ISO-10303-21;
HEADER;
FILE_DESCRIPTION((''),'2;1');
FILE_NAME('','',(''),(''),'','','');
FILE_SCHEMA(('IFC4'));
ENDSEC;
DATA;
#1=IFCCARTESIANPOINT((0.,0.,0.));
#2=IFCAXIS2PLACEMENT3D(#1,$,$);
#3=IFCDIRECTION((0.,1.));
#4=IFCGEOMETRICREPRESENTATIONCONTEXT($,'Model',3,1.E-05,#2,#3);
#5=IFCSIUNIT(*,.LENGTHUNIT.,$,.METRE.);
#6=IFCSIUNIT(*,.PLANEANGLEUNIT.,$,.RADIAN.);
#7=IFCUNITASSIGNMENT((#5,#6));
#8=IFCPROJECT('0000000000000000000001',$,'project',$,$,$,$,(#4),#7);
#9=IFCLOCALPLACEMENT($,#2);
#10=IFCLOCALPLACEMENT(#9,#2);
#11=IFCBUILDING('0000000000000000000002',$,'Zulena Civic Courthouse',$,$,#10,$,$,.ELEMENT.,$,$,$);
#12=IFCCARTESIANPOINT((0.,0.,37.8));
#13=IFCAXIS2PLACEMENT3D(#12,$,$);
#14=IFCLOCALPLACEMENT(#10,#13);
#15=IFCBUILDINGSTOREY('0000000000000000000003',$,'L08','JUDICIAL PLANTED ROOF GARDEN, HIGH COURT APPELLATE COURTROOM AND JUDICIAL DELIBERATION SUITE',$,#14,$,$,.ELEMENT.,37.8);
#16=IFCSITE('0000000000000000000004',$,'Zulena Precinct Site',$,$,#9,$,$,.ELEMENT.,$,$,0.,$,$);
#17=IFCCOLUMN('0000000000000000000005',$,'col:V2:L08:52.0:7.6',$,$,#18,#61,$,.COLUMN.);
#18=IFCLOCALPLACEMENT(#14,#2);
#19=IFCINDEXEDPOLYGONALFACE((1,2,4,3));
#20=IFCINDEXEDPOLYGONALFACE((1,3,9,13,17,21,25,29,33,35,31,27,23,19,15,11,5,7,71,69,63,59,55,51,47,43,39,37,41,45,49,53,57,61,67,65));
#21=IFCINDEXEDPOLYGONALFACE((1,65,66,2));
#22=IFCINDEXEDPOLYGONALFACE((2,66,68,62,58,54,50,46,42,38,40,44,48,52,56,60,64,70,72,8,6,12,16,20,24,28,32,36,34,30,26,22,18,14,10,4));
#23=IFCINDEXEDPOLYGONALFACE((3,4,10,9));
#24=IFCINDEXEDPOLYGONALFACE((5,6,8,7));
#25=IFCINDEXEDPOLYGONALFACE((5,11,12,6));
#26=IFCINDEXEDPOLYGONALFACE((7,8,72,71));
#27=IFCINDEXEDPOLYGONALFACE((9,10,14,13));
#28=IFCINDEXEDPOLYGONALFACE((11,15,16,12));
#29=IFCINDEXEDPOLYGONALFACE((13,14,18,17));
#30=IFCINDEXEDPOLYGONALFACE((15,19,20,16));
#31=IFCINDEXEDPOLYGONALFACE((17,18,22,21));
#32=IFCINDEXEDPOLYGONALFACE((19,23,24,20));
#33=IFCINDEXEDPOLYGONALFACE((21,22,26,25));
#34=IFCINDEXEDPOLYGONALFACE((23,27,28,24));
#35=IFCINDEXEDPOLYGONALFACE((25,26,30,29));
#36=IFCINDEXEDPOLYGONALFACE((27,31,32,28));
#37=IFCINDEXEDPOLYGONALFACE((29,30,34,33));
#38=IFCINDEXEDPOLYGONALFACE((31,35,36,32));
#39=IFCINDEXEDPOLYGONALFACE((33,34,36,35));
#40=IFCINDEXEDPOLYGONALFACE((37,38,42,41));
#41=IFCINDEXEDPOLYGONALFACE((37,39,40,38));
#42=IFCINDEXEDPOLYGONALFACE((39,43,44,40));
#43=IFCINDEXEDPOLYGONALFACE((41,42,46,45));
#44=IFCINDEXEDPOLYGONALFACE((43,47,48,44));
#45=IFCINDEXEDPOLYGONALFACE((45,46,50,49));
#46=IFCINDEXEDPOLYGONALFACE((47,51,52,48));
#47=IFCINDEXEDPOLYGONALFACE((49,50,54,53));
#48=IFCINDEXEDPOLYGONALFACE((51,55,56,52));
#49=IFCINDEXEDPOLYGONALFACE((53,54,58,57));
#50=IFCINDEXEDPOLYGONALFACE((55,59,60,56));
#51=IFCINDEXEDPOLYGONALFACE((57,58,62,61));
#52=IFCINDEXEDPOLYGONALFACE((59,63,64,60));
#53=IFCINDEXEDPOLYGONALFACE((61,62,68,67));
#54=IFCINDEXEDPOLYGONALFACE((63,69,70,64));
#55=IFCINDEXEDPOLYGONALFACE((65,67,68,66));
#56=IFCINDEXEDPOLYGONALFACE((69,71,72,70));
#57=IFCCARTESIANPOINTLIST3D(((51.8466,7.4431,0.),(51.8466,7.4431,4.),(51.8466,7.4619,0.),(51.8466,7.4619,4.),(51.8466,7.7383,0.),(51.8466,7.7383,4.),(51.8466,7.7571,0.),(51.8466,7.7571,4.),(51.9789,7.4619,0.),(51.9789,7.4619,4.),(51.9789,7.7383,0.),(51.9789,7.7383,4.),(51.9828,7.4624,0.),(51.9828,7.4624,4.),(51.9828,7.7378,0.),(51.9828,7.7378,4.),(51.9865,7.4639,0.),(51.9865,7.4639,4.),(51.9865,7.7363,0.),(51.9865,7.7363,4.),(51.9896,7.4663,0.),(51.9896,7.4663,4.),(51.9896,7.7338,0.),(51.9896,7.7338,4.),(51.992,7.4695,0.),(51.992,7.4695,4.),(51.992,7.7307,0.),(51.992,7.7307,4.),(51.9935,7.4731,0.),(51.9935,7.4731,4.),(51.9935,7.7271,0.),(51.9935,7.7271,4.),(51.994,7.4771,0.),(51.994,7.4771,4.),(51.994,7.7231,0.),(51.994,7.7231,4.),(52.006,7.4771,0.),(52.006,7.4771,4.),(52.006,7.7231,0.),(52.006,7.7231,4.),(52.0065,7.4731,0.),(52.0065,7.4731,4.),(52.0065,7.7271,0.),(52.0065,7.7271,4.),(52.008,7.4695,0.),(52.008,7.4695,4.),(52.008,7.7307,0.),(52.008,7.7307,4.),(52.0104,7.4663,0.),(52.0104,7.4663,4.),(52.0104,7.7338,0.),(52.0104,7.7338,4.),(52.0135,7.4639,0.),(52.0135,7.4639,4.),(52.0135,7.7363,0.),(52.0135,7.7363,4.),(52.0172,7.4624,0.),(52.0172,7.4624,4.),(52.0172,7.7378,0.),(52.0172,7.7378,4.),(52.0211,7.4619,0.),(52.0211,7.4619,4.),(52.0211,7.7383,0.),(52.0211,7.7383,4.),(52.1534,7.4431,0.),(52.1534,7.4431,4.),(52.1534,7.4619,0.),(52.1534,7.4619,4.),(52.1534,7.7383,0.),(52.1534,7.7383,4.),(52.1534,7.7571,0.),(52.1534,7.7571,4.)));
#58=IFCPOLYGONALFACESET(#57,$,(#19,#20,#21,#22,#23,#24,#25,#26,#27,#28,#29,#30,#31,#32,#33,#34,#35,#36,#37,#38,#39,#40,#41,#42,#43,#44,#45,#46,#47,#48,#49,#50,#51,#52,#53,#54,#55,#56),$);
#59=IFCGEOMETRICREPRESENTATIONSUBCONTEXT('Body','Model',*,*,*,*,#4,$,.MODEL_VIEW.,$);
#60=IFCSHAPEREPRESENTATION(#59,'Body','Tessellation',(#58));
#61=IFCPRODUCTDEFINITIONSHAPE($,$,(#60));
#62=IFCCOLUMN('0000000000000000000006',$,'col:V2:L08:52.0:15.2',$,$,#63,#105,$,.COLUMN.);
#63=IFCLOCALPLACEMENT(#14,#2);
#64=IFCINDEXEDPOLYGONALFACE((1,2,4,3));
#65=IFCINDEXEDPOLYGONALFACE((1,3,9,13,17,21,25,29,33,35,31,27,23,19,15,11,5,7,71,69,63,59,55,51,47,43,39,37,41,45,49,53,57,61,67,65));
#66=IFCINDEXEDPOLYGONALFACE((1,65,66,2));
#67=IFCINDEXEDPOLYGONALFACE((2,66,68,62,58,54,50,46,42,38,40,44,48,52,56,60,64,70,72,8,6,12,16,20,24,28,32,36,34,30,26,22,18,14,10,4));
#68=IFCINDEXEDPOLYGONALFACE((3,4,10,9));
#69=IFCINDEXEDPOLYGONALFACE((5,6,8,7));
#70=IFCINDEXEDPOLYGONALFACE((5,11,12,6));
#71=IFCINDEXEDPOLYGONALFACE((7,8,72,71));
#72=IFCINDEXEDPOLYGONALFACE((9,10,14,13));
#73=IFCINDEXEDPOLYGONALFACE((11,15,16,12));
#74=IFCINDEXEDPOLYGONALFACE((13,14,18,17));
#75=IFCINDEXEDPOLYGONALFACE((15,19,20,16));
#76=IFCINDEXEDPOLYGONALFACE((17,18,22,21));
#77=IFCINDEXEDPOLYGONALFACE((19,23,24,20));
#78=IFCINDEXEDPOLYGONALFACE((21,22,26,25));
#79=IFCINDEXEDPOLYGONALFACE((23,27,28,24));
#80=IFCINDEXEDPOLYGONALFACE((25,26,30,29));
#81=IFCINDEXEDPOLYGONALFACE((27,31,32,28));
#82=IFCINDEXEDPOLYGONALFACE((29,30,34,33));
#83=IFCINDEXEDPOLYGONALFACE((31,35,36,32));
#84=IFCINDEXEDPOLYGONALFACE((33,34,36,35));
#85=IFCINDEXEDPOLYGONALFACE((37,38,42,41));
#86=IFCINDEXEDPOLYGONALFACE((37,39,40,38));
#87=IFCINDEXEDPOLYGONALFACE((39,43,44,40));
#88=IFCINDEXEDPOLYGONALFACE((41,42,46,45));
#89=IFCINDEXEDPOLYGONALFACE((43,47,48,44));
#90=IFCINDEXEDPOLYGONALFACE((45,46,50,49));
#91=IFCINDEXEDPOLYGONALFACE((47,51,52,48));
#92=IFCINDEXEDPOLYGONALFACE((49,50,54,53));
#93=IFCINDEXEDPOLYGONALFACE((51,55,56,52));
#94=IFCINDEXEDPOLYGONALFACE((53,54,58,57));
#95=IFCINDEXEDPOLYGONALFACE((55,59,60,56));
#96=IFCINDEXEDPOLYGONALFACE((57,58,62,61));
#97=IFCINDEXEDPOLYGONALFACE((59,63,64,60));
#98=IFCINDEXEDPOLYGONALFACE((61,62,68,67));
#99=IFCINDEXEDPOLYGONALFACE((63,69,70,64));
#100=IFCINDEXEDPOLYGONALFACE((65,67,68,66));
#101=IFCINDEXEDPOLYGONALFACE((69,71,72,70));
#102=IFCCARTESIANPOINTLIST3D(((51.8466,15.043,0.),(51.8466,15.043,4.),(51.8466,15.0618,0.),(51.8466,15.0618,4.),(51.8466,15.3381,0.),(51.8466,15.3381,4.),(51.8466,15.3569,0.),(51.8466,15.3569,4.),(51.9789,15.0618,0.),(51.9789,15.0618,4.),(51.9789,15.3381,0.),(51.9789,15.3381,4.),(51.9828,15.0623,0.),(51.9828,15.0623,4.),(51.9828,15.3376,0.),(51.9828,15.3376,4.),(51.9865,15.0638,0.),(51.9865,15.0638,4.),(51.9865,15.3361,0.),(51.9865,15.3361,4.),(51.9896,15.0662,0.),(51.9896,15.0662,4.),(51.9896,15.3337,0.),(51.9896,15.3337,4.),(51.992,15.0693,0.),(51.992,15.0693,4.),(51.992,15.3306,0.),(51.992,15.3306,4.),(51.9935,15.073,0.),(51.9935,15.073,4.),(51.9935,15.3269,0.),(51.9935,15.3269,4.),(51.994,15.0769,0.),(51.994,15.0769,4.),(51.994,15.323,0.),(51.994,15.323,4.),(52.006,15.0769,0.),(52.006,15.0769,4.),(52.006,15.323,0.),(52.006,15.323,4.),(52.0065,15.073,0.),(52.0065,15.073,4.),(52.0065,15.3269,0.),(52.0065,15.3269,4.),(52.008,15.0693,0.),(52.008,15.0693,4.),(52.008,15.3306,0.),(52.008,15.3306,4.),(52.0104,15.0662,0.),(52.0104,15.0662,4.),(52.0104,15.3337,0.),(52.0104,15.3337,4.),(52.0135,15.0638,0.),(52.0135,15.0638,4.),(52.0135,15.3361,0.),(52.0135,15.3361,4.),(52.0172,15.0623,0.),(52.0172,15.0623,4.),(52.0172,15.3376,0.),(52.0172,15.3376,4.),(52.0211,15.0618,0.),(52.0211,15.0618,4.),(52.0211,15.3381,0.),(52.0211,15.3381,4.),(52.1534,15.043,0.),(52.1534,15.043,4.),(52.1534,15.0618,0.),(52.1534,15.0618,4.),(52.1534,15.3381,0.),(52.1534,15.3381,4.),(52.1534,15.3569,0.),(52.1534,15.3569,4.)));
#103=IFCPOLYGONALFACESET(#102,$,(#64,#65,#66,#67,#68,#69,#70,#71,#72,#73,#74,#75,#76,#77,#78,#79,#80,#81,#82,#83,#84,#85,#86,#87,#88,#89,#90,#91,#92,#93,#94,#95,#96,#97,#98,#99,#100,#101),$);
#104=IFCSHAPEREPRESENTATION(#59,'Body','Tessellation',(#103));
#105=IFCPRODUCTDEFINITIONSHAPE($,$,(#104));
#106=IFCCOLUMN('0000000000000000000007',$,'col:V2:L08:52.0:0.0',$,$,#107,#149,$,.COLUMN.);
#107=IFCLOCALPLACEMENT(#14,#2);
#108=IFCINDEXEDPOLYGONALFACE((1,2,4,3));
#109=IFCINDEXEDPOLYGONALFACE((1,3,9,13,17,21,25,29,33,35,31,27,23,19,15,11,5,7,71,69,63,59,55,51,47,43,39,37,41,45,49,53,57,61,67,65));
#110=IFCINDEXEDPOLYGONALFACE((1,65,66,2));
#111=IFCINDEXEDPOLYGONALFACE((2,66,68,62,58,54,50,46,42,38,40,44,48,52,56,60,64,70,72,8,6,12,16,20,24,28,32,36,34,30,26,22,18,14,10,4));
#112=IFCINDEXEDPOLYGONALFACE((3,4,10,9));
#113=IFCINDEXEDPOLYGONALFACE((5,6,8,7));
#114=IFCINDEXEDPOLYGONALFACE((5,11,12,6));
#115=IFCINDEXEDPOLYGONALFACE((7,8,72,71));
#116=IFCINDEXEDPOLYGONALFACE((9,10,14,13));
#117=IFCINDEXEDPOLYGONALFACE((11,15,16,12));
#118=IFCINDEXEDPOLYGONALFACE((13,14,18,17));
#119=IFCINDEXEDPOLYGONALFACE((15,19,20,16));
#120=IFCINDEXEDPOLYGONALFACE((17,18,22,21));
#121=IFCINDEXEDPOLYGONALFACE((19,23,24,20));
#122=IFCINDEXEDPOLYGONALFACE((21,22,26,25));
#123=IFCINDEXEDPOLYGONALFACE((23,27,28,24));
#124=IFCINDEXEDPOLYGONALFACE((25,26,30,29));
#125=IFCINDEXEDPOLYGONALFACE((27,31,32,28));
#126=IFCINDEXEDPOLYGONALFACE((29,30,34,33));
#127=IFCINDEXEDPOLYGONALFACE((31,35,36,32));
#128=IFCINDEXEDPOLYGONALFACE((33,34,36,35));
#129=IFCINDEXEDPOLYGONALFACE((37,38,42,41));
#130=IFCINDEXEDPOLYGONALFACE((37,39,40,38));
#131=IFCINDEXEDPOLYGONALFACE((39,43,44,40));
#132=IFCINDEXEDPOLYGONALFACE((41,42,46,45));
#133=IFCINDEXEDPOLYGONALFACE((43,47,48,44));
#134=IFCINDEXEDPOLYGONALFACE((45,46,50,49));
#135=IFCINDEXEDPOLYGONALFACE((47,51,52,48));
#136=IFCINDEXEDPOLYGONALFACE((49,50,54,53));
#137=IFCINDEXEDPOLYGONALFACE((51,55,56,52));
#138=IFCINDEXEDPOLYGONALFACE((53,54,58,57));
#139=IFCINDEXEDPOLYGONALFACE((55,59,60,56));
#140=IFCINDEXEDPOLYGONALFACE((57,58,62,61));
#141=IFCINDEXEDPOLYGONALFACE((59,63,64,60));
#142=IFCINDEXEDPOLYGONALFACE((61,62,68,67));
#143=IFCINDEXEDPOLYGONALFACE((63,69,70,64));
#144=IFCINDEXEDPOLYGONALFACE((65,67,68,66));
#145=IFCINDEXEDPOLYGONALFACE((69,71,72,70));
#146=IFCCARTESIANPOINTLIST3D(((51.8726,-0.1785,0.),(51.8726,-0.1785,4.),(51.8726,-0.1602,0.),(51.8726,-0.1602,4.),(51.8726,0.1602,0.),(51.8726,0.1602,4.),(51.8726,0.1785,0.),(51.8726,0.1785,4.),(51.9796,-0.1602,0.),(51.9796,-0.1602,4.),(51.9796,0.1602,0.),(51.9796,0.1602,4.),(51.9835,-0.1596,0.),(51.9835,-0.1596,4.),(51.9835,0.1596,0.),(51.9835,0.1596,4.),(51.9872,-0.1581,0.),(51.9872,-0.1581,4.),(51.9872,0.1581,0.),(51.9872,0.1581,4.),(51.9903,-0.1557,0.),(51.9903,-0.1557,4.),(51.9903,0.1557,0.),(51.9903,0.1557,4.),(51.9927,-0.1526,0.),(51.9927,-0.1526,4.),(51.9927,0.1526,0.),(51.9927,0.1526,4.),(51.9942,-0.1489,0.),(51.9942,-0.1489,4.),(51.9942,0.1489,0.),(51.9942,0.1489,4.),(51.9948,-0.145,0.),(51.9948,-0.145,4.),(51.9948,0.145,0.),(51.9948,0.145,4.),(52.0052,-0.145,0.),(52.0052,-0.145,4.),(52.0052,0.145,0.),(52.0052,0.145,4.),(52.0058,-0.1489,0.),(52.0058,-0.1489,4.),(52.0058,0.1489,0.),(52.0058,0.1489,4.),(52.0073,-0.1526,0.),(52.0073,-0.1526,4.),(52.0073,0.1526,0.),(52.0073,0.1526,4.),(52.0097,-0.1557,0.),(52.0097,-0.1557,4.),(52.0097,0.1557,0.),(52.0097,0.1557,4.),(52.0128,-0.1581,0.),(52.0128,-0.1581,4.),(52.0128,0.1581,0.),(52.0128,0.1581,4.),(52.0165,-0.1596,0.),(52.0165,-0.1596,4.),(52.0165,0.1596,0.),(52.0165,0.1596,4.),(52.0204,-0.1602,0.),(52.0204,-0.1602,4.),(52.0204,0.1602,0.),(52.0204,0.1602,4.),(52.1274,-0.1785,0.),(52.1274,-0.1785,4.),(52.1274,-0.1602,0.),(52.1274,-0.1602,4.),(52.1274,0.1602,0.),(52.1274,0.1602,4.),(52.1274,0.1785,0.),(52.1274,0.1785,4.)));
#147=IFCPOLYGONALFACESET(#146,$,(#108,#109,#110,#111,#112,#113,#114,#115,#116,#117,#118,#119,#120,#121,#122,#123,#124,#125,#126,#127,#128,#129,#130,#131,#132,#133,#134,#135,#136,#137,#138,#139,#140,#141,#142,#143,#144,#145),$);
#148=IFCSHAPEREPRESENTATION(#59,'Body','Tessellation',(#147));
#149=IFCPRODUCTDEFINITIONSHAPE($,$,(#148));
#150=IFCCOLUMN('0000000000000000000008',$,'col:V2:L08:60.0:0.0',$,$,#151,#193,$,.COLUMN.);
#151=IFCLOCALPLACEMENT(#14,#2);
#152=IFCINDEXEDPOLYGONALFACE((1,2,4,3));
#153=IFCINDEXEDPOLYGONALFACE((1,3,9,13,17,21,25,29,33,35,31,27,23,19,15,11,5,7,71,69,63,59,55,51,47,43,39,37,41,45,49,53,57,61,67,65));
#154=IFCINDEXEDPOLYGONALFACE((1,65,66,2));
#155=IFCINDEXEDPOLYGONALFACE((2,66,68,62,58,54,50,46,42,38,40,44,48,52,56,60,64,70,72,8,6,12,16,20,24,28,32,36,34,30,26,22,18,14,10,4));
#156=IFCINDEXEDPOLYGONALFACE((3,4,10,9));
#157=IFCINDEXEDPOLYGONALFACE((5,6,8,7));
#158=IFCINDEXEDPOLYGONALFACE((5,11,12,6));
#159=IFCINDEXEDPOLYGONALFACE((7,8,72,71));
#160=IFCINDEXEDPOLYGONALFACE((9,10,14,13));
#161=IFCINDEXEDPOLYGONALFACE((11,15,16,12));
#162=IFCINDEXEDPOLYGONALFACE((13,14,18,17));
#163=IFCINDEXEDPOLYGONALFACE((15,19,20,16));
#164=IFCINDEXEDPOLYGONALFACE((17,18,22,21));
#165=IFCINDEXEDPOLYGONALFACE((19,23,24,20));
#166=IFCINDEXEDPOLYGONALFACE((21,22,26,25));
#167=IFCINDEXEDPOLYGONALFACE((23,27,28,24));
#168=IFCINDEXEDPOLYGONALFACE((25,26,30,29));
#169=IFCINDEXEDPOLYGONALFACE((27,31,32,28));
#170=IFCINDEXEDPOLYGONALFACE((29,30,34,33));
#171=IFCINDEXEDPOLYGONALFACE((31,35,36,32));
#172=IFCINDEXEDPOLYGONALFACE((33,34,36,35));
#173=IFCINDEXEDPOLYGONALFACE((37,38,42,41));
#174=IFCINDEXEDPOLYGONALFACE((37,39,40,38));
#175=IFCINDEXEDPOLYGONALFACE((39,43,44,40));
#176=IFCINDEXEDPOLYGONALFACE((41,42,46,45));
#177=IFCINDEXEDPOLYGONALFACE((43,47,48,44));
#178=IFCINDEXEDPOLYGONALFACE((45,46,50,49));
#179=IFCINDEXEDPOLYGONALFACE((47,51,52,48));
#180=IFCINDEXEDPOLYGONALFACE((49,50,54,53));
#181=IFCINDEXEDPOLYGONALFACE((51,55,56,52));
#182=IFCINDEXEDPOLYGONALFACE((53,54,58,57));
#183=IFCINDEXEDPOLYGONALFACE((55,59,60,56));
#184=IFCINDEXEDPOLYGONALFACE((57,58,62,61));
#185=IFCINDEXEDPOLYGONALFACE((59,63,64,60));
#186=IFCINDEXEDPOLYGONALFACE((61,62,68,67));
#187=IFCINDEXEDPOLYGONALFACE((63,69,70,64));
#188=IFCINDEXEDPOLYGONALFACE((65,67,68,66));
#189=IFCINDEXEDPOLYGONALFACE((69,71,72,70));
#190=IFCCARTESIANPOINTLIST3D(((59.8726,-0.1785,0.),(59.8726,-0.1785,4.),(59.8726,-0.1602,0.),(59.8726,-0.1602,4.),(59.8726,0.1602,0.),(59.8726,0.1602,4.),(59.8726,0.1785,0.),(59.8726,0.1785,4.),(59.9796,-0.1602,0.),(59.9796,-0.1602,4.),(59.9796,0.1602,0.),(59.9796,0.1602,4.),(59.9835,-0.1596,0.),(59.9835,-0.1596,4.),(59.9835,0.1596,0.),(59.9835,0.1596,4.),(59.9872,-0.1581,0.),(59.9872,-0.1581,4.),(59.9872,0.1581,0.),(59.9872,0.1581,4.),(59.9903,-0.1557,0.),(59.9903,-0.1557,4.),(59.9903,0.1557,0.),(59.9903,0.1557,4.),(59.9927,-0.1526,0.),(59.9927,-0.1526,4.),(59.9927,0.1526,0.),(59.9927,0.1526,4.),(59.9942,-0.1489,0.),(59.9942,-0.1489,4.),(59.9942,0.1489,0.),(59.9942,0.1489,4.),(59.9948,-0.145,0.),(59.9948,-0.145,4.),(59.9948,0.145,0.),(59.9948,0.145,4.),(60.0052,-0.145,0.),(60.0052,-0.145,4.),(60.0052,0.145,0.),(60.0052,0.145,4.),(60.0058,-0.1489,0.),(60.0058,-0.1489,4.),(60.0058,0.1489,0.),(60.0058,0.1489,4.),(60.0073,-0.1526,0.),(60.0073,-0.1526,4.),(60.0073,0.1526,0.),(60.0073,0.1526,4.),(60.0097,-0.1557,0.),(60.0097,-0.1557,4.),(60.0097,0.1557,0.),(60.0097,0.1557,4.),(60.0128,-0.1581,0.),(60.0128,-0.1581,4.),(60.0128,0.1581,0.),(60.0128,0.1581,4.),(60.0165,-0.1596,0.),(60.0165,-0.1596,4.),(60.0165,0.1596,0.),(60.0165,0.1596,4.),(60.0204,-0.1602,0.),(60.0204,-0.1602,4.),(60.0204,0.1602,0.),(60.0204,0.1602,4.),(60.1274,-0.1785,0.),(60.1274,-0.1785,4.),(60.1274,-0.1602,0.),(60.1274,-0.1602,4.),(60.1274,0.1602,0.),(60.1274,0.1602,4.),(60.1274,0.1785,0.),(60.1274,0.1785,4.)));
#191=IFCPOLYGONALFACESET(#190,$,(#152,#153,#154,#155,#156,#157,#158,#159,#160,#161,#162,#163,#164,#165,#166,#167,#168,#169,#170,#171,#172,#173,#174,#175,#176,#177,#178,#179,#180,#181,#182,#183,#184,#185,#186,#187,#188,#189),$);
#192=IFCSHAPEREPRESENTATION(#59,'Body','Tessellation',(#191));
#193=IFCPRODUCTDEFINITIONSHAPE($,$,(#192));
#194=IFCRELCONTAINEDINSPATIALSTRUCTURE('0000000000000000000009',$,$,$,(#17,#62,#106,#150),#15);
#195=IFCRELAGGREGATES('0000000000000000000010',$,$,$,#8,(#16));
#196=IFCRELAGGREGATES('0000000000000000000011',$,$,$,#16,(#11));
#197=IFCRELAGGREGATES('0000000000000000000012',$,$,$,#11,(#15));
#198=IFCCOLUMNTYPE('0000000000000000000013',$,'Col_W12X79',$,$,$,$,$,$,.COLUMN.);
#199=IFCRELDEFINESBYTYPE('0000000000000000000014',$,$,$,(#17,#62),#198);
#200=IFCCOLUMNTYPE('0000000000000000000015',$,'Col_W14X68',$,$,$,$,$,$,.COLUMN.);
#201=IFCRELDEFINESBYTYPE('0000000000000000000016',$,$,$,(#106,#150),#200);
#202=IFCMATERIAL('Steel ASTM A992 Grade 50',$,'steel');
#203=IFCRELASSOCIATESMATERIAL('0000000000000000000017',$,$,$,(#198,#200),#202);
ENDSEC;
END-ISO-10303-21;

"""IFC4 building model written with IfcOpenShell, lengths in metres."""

from ifc_helpers import new_model, si_unit, direction, frame, origin, origin_2d, place, context, subcontext, project, spatial, i_section, extrude, material, material_profile, profile_set, type_object, element, save


model = new_model("IFC4")

# Units and contexts
model_context = context("Model", 3, precision=1e-05, world=origin(), true_north=direction((0.0, 1.0)))
body_context = subcontext(model_context, "Body", "Model", "MODEL_VIEW")
ifc_project = project(units=[si_unit("LENGTHUNIT", "METRE"), si_unit("PLANEANGLEUNIT", "RADIAN")], contexts=[model_context])

# Site, building, storey
site_placement = place(None, origin())
site = spatial("IfcSite", under=ifc_project, at=site_placement, Name="Zulena Precinct Site", CompositionType="ELEMENT", RefElevation=0.0)
building_placement = place(site_placement, origin())
building = spatial("IfcBuilding", under=site, at=building_placement, Name="Zulena Civic Courthouse", CompositionType="ELEMENT")
storey_placement = place(building_placement, frame((0.0, 0.0, 37.8)))
storey = spatial("IfcBuildingStorey", under=building, at=storey_placement, Name="L08", Description="JUDICIAL PLANTED ROOF GARDEN, HIGH COURT APPELLATE COURTROOM AND JUDICIAL DELIBERATION SUITE", CompositionType="ELEMENT", Elevation=37.8)

# Columns
ifc_material_1 = material(Name="Steel ASTM A992 Grade 50", Category="steel")
ifc_material_profile_1 = material_profile(ifc_material_1, i_section(OverallWidth=0.3069, OverallDepth=0.314, WebThickness=0.012, FlangeThickness=0.0188, FilletRadius=0.0151, at=origin_2d()), Name="W12X79")
ifc_profile_set_1 = profile_set([ifc_material_profile_1], Name="Steel ASTM A992 Grade 50")
column_type_1 = type_object("IfcColumnType", Name="Col_W12X79", PredefinedType="COLUMN", material=ifc_profile_set_1)
for number, where, z_axis, x_axis, name in (
    (1, (52.0, 7.6001, 0.0), (0.0, 0.0, 1.0), (1.0, 0.0, 0.0), "col:V2:L08:52.0:7.6"),
    (2, (52.0, 15.2, 0.0), (0.0, 0.0, 1.0), (1.0, 0.0, 0.0), "col:V2:L08:52.0:15.2"),
):
    element("IfcColumn", number, at=place(storey_placement, frame(where, z_axis=z_axis, x_axis=x_axis)), inside=storey, type_object=column_type_1, Name=name, PredefinedType="COLUMN", context=body_context, shape_type="SweptSolid", body=[
        extrude(i_section(OverallWidth=0.3069, OverallDepth=0.314, WebThickness=0.012, FlangeThickness=0.0188, FilletRadius=0.0151, at=origin_2d()), origin(), (0.0, 0.0, 1.0), 4.0),
    ])
ifc_material_profile_2 = material_profile(ifc_material_1, i_section(OverallWidth=0.2549, OverallDepth=0.3569, WebThickness=0.0105, FlangeThickness=0.0183, FilletRadius=0.0151, at=origin_2d()), Name="W14X68")
ifc_profile_set_2 = profile_set([ifc_material_profile_2], Name="Steel ASTM A992 Grade 50")
column_type_2 = type_object("IfcColumnType", Name="Col_W14X68", PredefinedType="COLUMN", material=ifc_profile_set_2)
for number, where, z_axis, x_axis, name in (
    (3, (52.0, 0.0, 0.0), (0.0, 0.0, 1.0), (1.0, 0.0, 0.0), "col:V2:L08:52.0:0.0"),
    (4, (60.0, 0.0, 0.0), (0.0, 0.0, 1.0), (1.0, 0.0, 0.0), "col:V2:L08:60.0:0.0"),
):
    element("IfcColumn", number, at=place(storey_placement, frame(where, z_axis=z_axis, x_axis=x_axis)), inside=storey, type_object=column_type_2, Name=name, PredefinedType="COLUMN", context=body_context, shape_type="SweptSolid", body=[
        extrude(i_section(OverallWidth=0.2549, OverallDepth=0.3569, WebThickness=0.0105, FlangeThickness=0.0183, FilletRadius=0.0151, at=origin_2d()), origin(), (0.0, 0.0, 1.0), 4.0),
    ])

save(model, "model.ifc")
